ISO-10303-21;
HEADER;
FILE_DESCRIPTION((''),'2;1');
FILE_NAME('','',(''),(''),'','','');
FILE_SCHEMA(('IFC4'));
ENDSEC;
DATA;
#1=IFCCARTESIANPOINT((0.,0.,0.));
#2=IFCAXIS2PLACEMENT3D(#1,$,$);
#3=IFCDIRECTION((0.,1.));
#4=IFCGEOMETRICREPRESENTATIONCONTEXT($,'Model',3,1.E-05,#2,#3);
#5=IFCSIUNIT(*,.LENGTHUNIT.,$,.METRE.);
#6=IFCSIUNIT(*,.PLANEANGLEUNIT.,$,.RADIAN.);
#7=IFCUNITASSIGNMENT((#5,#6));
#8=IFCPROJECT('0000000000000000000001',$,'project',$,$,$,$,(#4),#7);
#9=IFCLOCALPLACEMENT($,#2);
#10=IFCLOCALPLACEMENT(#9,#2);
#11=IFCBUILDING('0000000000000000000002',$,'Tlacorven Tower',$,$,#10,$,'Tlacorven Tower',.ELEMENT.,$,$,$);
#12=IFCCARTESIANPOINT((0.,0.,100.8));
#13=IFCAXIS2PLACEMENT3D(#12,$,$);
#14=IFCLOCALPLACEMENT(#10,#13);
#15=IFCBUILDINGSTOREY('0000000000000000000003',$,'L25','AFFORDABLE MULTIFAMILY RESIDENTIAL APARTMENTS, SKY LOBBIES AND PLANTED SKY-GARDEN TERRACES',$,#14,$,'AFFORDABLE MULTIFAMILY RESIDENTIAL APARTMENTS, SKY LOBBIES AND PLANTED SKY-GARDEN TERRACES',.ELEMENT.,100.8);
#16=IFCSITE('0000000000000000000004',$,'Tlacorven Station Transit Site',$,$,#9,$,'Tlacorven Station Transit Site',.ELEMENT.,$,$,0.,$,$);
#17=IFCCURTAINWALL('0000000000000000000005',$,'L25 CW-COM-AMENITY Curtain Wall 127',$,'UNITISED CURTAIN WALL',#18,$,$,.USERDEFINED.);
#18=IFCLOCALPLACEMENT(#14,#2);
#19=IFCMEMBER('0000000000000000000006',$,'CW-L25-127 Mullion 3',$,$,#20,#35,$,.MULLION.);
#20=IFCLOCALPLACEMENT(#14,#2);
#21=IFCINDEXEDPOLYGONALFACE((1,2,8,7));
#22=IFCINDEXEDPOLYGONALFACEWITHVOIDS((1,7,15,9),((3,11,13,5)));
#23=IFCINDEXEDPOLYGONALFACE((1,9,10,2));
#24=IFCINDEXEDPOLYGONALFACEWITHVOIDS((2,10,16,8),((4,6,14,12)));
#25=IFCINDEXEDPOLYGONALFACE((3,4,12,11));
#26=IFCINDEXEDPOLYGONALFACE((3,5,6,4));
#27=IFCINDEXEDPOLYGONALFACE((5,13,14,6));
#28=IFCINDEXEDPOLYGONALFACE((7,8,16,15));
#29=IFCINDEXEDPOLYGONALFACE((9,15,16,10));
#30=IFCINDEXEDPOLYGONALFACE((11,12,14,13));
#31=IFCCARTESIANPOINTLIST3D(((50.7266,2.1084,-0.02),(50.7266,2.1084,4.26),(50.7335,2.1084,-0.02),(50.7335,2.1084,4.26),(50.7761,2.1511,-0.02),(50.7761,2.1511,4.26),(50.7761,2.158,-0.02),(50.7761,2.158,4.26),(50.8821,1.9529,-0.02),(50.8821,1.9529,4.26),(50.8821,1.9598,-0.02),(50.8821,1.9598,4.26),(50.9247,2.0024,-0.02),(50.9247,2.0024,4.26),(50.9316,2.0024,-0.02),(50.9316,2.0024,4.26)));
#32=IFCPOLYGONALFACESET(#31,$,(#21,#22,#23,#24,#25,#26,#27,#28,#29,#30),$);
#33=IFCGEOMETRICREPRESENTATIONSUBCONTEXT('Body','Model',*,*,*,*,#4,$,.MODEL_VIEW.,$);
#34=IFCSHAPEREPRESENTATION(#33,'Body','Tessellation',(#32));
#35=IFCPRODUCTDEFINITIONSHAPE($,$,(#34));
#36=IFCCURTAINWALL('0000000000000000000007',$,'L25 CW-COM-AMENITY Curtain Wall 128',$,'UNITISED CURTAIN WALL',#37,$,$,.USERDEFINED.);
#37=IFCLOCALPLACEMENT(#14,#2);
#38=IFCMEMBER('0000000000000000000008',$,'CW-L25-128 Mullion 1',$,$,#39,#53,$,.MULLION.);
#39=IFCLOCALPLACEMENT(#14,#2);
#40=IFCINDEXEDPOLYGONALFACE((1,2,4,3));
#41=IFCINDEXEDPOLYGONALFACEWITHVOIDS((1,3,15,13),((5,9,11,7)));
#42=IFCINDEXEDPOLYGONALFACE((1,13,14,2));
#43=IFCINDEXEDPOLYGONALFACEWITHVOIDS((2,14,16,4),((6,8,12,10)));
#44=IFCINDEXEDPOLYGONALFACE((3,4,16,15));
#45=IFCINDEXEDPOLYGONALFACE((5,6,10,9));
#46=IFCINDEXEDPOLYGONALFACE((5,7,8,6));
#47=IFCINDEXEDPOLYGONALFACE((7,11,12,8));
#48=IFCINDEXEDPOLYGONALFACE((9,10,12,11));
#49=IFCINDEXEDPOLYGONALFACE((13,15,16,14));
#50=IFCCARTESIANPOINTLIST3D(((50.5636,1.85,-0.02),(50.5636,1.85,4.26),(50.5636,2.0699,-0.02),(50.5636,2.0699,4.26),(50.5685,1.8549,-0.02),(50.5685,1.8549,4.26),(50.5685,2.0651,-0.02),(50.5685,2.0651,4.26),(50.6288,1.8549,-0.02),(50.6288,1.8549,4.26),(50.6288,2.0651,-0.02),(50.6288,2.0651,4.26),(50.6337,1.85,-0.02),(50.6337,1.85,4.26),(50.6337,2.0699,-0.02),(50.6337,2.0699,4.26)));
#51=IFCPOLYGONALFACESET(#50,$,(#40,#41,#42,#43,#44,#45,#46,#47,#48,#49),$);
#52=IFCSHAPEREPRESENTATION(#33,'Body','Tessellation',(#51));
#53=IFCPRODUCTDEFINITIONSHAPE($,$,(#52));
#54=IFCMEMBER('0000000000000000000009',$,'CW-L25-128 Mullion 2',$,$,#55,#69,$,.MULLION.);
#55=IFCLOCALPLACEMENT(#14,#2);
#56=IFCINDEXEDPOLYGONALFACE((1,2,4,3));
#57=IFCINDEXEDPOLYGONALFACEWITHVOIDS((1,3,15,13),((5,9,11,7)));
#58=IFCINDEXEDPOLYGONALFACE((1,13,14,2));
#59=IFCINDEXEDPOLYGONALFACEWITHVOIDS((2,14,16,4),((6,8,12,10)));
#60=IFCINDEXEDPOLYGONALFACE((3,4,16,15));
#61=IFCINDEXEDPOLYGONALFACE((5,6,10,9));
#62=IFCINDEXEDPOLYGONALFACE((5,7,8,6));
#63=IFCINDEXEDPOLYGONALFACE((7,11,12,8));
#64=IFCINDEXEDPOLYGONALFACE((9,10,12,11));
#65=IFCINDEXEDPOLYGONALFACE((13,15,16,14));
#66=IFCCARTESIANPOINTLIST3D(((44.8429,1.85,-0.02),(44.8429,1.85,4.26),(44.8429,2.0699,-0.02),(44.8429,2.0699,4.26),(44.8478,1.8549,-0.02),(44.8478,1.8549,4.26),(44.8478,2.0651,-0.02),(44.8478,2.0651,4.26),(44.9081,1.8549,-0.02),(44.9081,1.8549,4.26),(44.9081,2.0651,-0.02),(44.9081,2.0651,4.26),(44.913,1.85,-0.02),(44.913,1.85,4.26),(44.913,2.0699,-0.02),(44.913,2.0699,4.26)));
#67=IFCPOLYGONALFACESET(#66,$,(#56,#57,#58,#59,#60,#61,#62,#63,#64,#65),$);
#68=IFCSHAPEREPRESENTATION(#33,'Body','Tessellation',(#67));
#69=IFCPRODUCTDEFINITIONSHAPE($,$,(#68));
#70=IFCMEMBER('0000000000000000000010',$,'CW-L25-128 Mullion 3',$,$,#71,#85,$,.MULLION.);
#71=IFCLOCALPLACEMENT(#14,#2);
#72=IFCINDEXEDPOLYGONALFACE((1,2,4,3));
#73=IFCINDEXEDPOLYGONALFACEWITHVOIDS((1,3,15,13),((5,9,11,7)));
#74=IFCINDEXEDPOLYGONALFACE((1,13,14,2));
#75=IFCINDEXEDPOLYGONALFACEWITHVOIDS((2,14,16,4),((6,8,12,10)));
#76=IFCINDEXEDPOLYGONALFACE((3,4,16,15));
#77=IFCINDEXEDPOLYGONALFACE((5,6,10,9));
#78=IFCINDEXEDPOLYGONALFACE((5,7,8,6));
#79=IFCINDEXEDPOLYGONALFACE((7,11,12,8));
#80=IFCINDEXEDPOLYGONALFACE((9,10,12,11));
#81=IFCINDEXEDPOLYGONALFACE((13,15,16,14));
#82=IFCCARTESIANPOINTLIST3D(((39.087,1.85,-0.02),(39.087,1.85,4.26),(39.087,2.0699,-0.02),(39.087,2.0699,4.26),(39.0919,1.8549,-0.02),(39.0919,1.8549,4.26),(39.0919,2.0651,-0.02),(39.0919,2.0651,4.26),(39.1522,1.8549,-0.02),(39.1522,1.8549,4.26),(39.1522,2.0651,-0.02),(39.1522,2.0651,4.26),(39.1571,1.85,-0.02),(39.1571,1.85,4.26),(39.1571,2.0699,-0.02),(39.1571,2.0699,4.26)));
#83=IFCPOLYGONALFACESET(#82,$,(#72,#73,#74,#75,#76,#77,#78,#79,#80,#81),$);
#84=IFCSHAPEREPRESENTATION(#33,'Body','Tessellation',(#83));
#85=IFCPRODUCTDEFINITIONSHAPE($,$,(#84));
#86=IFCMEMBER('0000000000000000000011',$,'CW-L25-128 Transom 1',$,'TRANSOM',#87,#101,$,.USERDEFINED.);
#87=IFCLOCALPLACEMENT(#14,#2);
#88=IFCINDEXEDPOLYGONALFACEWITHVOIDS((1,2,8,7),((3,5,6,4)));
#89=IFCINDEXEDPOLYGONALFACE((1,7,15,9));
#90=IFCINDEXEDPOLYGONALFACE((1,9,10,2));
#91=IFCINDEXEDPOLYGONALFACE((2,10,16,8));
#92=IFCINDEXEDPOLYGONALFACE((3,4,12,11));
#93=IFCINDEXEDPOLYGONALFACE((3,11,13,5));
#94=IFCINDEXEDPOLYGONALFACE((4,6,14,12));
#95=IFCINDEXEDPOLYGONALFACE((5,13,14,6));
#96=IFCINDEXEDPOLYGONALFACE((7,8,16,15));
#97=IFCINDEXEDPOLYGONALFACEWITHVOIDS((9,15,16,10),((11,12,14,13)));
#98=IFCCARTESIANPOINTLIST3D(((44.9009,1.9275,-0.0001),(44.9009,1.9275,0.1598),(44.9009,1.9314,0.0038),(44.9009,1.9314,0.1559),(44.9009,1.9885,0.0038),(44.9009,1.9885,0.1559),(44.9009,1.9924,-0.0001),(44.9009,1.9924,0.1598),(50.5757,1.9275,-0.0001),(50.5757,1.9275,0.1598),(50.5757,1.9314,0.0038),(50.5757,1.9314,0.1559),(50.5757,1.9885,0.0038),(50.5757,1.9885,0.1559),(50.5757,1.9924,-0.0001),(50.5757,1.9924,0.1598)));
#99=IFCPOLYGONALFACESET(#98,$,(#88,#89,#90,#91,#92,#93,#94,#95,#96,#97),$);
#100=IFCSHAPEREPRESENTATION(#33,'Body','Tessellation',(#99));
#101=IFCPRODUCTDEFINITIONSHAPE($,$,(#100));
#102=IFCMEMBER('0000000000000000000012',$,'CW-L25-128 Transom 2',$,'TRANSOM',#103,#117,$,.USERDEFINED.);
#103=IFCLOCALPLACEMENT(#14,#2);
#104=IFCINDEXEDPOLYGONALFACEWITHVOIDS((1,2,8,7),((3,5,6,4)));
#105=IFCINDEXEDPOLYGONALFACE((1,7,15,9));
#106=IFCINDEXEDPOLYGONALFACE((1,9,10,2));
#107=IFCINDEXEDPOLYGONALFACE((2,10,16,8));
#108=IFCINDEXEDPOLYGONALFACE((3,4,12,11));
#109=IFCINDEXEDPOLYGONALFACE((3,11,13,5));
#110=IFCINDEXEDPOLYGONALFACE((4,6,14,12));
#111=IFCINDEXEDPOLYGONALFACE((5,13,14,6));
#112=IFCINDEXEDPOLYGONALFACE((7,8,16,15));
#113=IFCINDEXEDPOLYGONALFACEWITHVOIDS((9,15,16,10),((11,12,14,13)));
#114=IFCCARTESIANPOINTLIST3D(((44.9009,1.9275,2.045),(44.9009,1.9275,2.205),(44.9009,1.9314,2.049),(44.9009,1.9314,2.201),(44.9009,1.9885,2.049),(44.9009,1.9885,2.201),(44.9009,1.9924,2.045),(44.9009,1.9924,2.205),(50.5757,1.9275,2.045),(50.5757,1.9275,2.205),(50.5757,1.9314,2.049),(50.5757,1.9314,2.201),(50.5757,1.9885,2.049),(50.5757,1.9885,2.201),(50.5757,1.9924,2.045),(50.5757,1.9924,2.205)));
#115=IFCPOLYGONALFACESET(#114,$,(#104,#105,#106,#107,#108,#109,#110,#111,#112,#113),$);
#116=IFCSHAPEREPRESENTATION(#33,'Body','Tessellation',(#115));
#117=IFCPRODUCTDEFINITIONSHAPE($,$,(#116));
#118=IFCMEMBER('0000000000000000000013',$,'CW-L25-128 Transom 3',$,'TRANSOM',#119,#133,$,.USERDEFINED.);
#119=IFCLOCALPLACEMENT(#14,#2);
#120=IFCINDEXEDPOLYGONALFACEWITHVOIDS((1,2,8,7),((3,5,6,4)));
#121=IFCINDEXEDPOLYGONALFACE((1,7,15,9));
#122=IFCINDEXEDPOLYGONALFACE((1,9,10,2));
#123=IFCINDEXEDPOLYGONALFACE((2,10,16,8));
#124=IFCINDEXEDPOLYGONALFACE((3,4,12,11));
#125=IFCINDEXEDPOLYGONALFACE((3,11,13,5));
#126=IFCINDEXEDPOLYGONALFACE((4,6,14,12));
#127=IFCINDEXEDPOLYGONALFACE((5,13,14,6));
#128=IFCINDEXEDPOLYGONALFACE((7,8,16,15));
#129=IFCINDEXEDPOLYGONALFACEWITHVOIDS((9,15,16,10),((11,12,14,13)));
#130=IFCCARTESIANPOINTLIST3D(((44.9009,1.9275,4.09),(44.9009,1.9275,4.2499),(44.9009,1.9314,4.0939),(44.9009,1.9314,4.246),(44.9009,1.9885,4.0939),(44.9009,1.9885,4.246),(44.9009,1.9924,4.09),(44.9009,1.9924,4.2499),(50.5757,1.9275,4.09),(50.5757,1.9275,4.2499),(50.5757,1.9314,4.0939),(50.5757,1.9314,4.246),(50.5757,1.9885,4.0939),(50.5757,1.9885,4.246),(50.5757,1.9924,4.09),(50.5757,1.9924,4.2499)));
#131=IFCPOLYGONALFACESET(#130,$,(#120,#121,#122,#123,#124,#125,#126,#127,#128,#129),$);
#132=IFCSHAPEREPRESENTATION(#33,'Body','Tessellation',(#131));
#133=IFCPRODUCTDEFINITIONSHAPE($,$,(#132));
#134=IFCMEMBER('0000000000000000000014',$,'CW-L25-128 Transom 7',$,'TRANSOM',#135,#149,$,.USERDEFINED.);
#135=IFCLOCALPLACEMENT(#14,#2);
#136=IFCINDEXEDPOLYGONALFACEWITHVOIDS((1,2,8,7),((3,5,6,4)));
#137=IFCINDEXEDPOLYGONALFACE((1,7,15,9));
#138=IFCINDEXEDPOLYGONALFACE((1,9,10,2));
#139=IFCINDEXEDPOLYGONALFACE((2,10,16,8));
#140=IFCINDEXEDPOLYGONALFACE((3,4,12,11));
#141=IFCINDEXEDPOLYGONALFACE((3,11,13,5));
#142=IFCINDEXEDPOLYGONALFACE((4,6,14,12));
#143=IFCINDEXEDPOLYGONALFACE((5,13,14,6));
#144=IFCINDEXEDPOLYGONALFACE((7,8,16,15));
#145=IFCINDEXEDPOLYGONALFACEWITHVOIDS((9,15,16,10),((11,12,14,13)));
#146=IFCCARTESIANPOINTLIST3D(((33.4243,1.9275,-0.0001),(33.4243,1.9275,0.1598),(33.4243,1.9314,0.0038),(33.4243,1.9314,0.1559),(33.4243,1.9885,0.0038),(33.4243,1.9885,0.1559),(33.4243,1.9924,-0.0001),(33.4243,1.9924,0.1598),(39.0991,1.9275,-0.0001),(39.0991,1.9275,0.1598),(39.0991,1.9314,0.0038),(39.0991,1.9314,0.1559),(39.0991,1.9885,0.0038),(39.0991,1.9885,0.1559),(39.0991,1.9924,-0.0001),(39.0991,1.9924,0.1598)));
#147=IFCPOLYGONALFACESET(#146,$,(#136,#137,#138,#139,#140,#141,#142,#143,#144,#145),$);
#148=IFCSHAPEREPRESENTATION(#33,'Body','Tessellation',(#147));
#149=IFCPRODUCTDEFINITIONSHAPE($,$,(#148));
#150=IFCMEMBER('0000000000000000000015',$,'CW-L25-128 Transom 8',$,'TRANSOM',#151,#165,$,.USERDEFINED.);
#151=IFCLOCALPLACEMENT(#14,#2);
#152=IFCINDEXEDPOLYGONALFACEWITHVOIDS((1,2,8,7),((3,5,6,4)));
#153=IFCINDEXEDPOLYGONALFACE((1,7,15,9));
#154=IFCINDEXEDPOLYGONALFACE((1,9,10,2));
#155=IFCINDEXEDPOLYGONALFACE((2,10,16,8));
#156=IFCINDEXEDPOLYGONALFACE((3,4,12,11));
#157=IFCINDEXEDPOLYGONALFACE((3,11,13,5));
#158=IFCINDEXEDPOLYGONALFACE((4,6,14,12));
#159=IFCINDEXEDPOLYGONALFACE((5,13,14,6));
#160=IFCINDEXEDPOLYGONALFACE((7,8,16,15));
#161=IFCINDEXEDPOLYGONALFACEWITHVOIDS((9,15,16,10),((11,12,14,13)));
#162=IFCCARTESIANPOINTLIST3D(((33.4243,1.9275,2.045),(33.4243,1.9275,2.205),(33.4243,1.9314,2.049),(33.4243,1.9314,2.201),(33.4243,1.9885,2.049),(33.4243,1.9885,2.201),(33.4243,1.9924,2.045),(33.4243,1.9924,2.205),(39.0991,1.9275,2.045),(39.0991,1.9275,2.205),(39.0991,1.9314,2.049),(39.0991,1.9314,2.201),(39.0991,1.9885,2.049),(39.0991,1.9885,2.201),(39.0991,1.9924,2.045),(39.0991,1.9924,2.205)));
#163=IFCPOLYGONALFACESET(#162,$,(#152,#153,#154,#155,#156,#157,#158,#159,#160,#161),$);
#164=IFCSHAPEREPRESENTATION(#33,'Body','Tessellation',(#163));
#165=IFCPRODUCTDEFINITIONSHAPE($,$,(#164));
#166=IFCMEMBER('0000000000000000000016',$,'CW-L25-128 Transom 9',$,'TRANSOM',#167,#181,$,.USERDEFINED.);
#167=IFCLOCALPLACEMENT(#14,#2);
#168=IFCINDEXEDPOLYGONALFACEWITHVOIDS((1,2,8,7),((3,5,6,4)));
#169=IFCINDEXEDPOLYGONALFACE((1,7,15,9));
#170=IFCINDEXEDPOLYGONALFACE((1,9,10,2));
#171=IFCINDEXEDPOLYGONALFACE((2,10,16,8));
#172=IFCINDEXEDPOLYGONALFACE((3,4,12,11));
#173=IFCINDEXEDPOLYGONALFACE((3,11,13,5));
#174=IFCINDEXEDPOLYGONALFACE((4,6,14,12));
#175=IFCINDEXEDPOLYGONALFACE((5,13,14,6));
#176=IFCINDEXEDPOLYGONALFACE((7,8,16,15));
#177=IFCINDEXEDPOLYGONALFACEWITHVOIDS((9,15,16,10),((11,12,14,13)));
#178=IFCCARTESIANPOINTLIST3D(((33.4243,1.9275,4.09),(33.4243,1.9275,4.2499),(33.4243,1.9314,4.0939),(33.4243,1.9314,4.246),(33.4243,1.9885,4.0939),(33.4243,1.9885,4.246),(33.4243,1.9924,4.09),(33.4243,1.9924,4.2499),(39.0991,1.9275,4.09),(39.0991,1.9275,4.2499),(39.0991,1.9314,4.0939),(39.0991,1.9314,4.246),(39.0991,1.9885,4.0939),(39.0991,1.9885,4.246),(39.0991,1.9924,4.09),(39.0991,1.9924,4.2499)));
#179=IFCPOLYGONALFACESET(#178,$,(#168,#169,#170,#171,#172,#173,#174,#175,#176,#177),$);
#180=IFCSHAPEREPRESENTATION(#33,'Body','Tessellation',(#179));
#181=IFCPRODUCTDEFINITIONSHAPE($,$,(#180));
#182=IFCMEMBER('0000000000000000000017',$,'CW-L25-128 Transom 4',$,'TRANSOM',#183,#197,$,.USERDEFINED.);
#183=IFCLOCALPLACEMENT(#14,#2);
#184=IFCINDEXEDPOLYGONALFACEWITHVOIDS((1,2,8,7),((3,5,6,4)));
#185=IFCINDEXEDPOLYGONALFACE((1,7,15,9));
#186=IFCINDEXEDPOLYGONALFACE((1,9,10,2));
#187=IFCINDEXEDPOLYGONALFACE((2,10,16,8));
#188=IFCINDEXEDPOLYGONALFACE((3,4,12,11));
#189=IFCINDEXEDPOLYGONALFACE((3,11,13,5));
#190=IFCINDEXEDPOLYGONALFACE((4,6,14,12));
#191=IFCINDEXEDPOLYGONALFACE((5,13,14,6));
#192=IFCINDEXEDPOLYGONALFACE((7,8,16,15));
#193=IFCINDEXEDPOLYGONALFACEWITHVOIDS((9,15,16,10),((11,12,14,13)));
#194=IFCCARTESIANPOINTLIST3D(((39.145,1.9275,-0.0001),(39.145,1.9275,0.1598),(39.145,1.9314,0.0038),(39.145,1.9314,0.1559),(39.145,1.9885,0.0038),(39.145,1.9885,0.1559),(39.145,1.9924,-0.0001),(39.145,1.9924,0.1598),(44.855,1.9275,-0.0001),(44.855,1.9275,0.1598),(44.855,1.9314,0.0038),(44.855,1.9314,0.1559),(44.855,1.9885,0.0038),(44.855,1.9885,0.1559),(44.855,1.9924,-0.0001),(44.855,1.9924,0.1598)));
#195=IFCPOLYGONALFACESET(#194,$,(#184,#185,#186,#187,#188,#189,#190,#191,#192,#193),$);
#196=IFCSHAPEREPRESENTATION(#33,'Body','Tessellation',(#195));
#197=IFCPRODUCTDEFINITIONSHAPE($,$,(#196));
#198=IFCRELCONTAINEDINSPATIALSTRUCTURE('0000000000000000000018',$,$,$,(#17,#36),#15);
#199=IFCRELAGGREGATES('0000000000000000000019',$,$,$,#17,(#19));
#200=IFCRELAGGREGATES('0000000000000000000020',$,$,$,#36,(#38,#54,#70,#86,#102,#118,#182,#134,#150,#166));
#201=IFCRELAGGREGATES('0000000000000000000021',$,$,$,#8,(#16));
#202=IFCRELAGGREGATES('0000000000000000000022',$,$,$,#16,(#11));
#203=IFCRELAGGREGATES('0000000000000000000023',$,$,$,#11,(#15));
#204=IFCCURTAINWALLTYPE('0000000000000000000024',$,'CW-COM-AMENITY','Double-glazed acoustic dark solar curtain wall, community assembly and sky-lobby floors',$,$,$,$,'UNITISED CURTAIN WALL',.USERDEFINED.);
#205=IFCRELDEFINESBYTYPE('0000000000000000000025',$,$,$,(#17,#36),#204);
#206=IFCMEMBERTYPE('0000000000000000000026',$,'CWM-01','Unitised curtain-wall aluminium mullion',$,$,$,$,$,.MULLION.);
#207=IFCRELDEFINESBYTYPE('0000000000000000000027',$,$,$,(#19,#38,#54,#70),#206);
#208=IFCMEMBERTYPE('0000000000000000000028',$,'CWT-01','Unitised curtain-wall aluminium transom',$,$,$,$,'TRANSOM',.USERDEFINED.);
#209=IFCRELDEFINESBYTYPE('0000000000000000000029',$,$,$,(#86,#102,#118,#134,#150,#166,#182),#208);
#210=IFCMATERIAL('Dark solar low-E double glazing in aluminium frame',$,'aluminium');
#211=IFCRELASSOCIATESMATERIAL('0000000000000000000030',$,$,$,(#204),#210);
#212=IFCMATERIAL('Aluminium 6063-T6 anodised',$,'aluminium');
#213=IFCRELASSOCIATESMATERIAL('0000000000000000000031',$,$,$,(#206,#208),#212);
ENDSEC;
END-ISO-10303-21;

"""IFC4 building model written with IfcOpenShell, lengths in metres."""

from ifc_helpers import new_model, si_unit, direction, frame, origin, origin_2d, place, context, subcontext, project, spatial, hollow_rectangle, extrude, source, transform, mapped, material, material_profile, profile_set, type_object, element, aggregate, save


model = new_model("IFC4")

# Units and contexts
model_context = context("Model", 3, precision=1e-05, world=origin(), true_north=direction((0.0, 1.0)))
body_context = subcontext(model_context, "Body", "Model", "MODEL_VIEW")
ifc_project = project(units=[si_unit("LENGTHUNIT", "METRE"), si_unit("PLANEANGLEUNIT", "RADIAN")], contexts=[model_context])

# Site, building, storey
site_placement = place(None, origin())
site = spatial("IfcSite", under=ifc_project, at=site_placement, Name="Tlacorven Station Transit Site", LongName="Tlacorven Station Transit Site", CompositionType="ELEMENT", RefElevation=0.0)
building_placement = place(site_placement, origin())
building = spatial("IfcBuilding", under=site, at=building_placement, Name="Tlacorven Tower", LongName="Tlacorven Tower", CompositionType="ELEMENT")
storey_placement = place(building_placement, frame((0.0, 0.0, 100.8)))
storey = spatial("IfcBuildingStorey", under=building, at=storey_placement, Name="L25", Description="AFFORDABLE MULTIFAMILY RESIDENTIAL APARTMENTS, SKY LOBBIES AND PLANTED SKY-GARDEN TERRACES", LongName="AFFORDABLE MULTIFAMILY RESIDENTIAL APARTMENTS, SKY LOBBIES AND PLANTED SKY-GARDEN TERRACES", CompositionType="ELEMENT", Elevation=100.8)

# Curtain wall, member
ifc_material_1 = material(Name="Dark solar low-E double glazing in aluminium frame", Category="aluminium")
curtain_wall_type = type_object("IfcCurtainWallType", Name="CW-COM-AMENITY", Description="Double-glazed acoustic dark solar curtain wall, community assembly and sky-lobby floors", ElementType="UNITISED CURTAIN WALL", PredefinedType="USERDEFINED", material=ifc_material_1)
curtain_wall_1_placement = place(storey_placement, origin())
curtain_wall_1 = element("IfcCurtainWall", 1, at=curtain_wall_1_placement, inside=storey, type_object=curtain_wall_type, Name="L25 CW-COM-AMENITY Curtain Wall 127", ObjectType="UNITISED CURTAIN WALL", PredefinedType="USERDEFINED")
ifc_material_2 = material(Name="Aluminium 6063-T6 anodised", Category="aluminium")
ifc_material_profile_1 = material_profile(ifc_material_2, hollow_rectangle(XDim=0.0701, YDim=0.22, WallThickness=0.0049, at=origin_2d()), Name="ALU MULLION 70X220")
ifc_profile_set_1 = profile_set([ifc_material_profile_1], Name="Aluminium 6063-T6 anodised")
member_type_1 = type_object("IfcMemberType", Name="CWM-01", Description="Unitised curtain-wall aluminium mullion", PredefinedType="MULLION", material=ifc_profile_set_1)
shared_shape_1 = source(origin(), body_context, "Body", "SweptSolid", [
    extrude(hollow_rectangle(XDim=0.0701, YDim=0.22, WallThickness=0.0049, at=origin_2d()), origin(), (0.0, 0.0, 1.0), 4.28),
])
member_1_placement = place(storey_placement, frame((50.8291, 2.0554, -0.02), z_axis=(0.0, 0.0, 1.0), x_axis=(-0.707107, -0.707107, 0.0)))
member_1 = element("IfcMember", 2, at=member_1_placement, type_object=member_type_1, Name="CW-L25-127 Mullion 3", PredefinedType="MULLION", context=body_context, shape_type="MappedRepresentation", body=[
    mapped(shared_shape_1, transform((0.0, 0.0, 0.0), scale=1.0)),
])

# Curtain wall, members
curtain_wall_2_placement = place(storey_placement, origin())
curtain_wall_2 = element("IfcCurtainWall", 3, at=curtain_wall_2_placement, inside=storey, type_object=curtain_wall_type, Name="L25 CW-COM-AMENITY Curtain Wall 128", ObjectType="UNITISED CURTAIN WALL", PredefinedType="USERDEFINED")
member_2_placement = place(storey_placement, frame((50.5986, 1.96, -0.02), z_axis=(0.0, 0.0, 1.0), x_axis=(-1.0, 0.0, 0.0)))
member_2 = element("IfcMember", 4, at=member_2_placement, type_object=member_type_1, Name="CW-L25-128 Mullion 1", PredefinedType="MULLION", context=body_context, shape_type="MappedRepresentation", body=[
    mapped(shared_shape_1, transform((0.0, 0.0, 0.0), scale=1.0)),
])
member_3_placement = place(storey_placement, frame((44.8779, 1.96, -0.02), z_axis=(0.0, 0.0, 1.0), x_axis=(-1.0, 0.0, 0.0)))
member_3 = element("IfcMember", 5, at=member_3_placement, type_object=member_type_1, Name="CW-L25-128 Mullion 2", PredefinedType="MULLION", context=body_context, shape_type="MappedRepresentation", body=[
    mapped(shared_shape_1, transform((0.0, 0.0, 0.0), scale=1.0)),
])
member_4_placement = place(storey_placement, frame((39.1221, 1.96, -0.02), z_axis=(0.0, 0.0, 1.0), x_axis=(-1.0, 0.0, 0.0)))
member_4 = element("IfcMember", 6, at=member_4_placement, type_object=member_type_1, Name="CW-L25-128 Mullion 3", PredefinedType="MULLION", context=body_context, shape_type="MappedRepresentation", body=[
    mapped(shared_shape_1, transform((0.0, 0.0, 0.0), scale=1.0)),
])
ifc_material_profile_2 = material_profile(ifc_material_2, hollow_rectangle(XDim=0.0649, YDim=0.1599, WallThickness=0.0039, at=origin_2d()), Name="ALU TRANSOM 65X160")
ifc_profile_set_2 = profile_set([ifc_material_profile_2], Name="Aluminium 6063-T6 anodised")
member_type_2 = type_object("IfcMemberType", Name="CWT-01", Description="Unitised curtain-wall aluminium transom", ElementType="TRANSOM", PredefinedType="USERDEFINED", material=ifc_profile_set_2)
shared_shape_2 = source(origin(), body_context, "Body", "SweptSolid", [
    extrude(hollow_rectangle(XDim=0.0649, YDim=0.1599, WallThickness=0.0039, at=origin_2d()), origin(), (0.0, 0.0, 1.0), 5.6748),
])
member_5_placement = place(storey_placement, frame((50.5757, 1.96, 0.0798), z_axis=(-1.0, 0.0, 0.0), x_axis=(0.0, -1.0, 0.0)))
member_5 = element("IfcMember", 7, at=member_5_placement, type_object=member_type_2, Name="CW-L25-128 Transom 1", ObjectType="TRANSOM", PredefinedType="USERDEFINED", context=body_context, shape_type="MappedRepresentation", body=[
    mapped(shared_shape_2, transform((0.0, 0.0, 0.0), scale=1.0)),
])
member_6_placement = place(storey_placement, frame((50.5757, 1.96, 2.125), z_axis=(-1.0, 0.0, 0.0), x_axis=(0.0, -1.0, 0.0)))
member_6 = element("IfcMember", 8, at=member_6_placement, type_object=member_type_2, Name="CW-L25-128 Transom 2", ObjectType="TRANSOM", PredefinedType="USERDEFINED", context=body_context, shape_type="MappedRepresentation", body=[
    mapped(shared_shape_2, transform((0.0, 0.0, 0.0), scale=1.0)),
])
member_7_placement = place(storey_placement, frame((50.5757, 1.96, 4.1699), z_axis=(-1.0, 0.0, 0.0), x_axis=(0.0, -1.0, 0.0)))
member_7 = element("IfcMember", 9, at=member_7_placement, type_object=member_type_2, Name="CW-L25-128 Transom 3", ObjectType="TRANSOM", PredefinedType="USERDEFINED", context=body_context, shape_type="MappedRepresentation", body=[
    mapped(shared_shape_2, transform((0.0, 0.0, 0.0), scale=1.0)),
])
member_8_placement = place(storey_placement, frame((39.0991, 1.96, 0.0798), z_axis=(-1.0, 0.0, 0.0), x_axis=(0.0, -1.0, 0.0)))
member_8 = element("IfcMember", 10, at=member_8_placement, type_object=member_type_2, Name="CW-L25-128 Transom 7", ObjectType="TRANSOM", PredefinedType="USERDEFINED", context=body_context, shape_type="MappedRepresentation", body=[
    mapped(shared_shape_2, transform((0.0, 0.0, 0.0), scale=1.0)),
])
member_9_placement = place(storey_placement, frame((39.0991, 1.96, 2.125), z_axis=(-1.0, 0.0, 0.0), x_axis=(0.0, -1.0, 0.0)))
member_9 = element("IfcMember", 11, at=member_9_placement, type_object=member_type_2, Name="CW-L25-128 Transom 8", ObjectType="TRANSOM", PredefinedType="USERDEFINED", context=body_context, shape_type="MappedRepresentation", body=[
    mapped(shared_shape_2, transform((0.0, 0.0, 0.0), scale=1.0)),
])
member_10_placement = place(storey_placement, frame((39.0991, 1.96, 4.1699), z_axis=(-1.0, 0.0, 0.0), x_axis=(0.0, -1.0, 0.0)))
member_10 = element("IfcMember", 12, at=member_10_placement, type_object=member_type_2, Name="CW-L25-128 Transom 9", ObjectType="TRANSOM", PredefinedType="USERDEFINED", context=body_context, shape_type="MappedRepresentation", body=[
    mapped(shared_shape_2, transform((0.0, 0.0, 0.0), scale=1.0)),
])
shared_shape_3 = source(origin(), body_context, "Body", "SweptSolid", [
    extrude(hollow_rectangle(XDim=0.0649, YDim=0.1599, WallThickness=0.0039, at=origin_2d()), origin(), (0.0, 0.0, 1.0), 5.71),
])
member_11_placement = place(storey_placement, frame((44.855, 1.96, 0.0798), z_axis=(-1.0, 0.0, 0.0), x_axis=(0.0, -1.0, 0.0)))
member_11 = element("IfcMember", 13, at=member_11_placement, type_object=member_type_2, Name="CW-L25-128 Transom 4", ObjectType="TRANSOM", PredefinedType="USERDEFINED", context=body_context, shape_type="MappedRepresentation", body=[
    mapped(shared_shape_3, transform((0.0, 0.0, 0.0), scale=1.0)),
])

aggregate(curtain_wall_1, [member_1])
aggregate(curtain_wall_2, [member_2, member_3, member_4, member_5, member_6, member_7, member_11, member_8, member_9, member_10])

save(model, "model.ifc")
